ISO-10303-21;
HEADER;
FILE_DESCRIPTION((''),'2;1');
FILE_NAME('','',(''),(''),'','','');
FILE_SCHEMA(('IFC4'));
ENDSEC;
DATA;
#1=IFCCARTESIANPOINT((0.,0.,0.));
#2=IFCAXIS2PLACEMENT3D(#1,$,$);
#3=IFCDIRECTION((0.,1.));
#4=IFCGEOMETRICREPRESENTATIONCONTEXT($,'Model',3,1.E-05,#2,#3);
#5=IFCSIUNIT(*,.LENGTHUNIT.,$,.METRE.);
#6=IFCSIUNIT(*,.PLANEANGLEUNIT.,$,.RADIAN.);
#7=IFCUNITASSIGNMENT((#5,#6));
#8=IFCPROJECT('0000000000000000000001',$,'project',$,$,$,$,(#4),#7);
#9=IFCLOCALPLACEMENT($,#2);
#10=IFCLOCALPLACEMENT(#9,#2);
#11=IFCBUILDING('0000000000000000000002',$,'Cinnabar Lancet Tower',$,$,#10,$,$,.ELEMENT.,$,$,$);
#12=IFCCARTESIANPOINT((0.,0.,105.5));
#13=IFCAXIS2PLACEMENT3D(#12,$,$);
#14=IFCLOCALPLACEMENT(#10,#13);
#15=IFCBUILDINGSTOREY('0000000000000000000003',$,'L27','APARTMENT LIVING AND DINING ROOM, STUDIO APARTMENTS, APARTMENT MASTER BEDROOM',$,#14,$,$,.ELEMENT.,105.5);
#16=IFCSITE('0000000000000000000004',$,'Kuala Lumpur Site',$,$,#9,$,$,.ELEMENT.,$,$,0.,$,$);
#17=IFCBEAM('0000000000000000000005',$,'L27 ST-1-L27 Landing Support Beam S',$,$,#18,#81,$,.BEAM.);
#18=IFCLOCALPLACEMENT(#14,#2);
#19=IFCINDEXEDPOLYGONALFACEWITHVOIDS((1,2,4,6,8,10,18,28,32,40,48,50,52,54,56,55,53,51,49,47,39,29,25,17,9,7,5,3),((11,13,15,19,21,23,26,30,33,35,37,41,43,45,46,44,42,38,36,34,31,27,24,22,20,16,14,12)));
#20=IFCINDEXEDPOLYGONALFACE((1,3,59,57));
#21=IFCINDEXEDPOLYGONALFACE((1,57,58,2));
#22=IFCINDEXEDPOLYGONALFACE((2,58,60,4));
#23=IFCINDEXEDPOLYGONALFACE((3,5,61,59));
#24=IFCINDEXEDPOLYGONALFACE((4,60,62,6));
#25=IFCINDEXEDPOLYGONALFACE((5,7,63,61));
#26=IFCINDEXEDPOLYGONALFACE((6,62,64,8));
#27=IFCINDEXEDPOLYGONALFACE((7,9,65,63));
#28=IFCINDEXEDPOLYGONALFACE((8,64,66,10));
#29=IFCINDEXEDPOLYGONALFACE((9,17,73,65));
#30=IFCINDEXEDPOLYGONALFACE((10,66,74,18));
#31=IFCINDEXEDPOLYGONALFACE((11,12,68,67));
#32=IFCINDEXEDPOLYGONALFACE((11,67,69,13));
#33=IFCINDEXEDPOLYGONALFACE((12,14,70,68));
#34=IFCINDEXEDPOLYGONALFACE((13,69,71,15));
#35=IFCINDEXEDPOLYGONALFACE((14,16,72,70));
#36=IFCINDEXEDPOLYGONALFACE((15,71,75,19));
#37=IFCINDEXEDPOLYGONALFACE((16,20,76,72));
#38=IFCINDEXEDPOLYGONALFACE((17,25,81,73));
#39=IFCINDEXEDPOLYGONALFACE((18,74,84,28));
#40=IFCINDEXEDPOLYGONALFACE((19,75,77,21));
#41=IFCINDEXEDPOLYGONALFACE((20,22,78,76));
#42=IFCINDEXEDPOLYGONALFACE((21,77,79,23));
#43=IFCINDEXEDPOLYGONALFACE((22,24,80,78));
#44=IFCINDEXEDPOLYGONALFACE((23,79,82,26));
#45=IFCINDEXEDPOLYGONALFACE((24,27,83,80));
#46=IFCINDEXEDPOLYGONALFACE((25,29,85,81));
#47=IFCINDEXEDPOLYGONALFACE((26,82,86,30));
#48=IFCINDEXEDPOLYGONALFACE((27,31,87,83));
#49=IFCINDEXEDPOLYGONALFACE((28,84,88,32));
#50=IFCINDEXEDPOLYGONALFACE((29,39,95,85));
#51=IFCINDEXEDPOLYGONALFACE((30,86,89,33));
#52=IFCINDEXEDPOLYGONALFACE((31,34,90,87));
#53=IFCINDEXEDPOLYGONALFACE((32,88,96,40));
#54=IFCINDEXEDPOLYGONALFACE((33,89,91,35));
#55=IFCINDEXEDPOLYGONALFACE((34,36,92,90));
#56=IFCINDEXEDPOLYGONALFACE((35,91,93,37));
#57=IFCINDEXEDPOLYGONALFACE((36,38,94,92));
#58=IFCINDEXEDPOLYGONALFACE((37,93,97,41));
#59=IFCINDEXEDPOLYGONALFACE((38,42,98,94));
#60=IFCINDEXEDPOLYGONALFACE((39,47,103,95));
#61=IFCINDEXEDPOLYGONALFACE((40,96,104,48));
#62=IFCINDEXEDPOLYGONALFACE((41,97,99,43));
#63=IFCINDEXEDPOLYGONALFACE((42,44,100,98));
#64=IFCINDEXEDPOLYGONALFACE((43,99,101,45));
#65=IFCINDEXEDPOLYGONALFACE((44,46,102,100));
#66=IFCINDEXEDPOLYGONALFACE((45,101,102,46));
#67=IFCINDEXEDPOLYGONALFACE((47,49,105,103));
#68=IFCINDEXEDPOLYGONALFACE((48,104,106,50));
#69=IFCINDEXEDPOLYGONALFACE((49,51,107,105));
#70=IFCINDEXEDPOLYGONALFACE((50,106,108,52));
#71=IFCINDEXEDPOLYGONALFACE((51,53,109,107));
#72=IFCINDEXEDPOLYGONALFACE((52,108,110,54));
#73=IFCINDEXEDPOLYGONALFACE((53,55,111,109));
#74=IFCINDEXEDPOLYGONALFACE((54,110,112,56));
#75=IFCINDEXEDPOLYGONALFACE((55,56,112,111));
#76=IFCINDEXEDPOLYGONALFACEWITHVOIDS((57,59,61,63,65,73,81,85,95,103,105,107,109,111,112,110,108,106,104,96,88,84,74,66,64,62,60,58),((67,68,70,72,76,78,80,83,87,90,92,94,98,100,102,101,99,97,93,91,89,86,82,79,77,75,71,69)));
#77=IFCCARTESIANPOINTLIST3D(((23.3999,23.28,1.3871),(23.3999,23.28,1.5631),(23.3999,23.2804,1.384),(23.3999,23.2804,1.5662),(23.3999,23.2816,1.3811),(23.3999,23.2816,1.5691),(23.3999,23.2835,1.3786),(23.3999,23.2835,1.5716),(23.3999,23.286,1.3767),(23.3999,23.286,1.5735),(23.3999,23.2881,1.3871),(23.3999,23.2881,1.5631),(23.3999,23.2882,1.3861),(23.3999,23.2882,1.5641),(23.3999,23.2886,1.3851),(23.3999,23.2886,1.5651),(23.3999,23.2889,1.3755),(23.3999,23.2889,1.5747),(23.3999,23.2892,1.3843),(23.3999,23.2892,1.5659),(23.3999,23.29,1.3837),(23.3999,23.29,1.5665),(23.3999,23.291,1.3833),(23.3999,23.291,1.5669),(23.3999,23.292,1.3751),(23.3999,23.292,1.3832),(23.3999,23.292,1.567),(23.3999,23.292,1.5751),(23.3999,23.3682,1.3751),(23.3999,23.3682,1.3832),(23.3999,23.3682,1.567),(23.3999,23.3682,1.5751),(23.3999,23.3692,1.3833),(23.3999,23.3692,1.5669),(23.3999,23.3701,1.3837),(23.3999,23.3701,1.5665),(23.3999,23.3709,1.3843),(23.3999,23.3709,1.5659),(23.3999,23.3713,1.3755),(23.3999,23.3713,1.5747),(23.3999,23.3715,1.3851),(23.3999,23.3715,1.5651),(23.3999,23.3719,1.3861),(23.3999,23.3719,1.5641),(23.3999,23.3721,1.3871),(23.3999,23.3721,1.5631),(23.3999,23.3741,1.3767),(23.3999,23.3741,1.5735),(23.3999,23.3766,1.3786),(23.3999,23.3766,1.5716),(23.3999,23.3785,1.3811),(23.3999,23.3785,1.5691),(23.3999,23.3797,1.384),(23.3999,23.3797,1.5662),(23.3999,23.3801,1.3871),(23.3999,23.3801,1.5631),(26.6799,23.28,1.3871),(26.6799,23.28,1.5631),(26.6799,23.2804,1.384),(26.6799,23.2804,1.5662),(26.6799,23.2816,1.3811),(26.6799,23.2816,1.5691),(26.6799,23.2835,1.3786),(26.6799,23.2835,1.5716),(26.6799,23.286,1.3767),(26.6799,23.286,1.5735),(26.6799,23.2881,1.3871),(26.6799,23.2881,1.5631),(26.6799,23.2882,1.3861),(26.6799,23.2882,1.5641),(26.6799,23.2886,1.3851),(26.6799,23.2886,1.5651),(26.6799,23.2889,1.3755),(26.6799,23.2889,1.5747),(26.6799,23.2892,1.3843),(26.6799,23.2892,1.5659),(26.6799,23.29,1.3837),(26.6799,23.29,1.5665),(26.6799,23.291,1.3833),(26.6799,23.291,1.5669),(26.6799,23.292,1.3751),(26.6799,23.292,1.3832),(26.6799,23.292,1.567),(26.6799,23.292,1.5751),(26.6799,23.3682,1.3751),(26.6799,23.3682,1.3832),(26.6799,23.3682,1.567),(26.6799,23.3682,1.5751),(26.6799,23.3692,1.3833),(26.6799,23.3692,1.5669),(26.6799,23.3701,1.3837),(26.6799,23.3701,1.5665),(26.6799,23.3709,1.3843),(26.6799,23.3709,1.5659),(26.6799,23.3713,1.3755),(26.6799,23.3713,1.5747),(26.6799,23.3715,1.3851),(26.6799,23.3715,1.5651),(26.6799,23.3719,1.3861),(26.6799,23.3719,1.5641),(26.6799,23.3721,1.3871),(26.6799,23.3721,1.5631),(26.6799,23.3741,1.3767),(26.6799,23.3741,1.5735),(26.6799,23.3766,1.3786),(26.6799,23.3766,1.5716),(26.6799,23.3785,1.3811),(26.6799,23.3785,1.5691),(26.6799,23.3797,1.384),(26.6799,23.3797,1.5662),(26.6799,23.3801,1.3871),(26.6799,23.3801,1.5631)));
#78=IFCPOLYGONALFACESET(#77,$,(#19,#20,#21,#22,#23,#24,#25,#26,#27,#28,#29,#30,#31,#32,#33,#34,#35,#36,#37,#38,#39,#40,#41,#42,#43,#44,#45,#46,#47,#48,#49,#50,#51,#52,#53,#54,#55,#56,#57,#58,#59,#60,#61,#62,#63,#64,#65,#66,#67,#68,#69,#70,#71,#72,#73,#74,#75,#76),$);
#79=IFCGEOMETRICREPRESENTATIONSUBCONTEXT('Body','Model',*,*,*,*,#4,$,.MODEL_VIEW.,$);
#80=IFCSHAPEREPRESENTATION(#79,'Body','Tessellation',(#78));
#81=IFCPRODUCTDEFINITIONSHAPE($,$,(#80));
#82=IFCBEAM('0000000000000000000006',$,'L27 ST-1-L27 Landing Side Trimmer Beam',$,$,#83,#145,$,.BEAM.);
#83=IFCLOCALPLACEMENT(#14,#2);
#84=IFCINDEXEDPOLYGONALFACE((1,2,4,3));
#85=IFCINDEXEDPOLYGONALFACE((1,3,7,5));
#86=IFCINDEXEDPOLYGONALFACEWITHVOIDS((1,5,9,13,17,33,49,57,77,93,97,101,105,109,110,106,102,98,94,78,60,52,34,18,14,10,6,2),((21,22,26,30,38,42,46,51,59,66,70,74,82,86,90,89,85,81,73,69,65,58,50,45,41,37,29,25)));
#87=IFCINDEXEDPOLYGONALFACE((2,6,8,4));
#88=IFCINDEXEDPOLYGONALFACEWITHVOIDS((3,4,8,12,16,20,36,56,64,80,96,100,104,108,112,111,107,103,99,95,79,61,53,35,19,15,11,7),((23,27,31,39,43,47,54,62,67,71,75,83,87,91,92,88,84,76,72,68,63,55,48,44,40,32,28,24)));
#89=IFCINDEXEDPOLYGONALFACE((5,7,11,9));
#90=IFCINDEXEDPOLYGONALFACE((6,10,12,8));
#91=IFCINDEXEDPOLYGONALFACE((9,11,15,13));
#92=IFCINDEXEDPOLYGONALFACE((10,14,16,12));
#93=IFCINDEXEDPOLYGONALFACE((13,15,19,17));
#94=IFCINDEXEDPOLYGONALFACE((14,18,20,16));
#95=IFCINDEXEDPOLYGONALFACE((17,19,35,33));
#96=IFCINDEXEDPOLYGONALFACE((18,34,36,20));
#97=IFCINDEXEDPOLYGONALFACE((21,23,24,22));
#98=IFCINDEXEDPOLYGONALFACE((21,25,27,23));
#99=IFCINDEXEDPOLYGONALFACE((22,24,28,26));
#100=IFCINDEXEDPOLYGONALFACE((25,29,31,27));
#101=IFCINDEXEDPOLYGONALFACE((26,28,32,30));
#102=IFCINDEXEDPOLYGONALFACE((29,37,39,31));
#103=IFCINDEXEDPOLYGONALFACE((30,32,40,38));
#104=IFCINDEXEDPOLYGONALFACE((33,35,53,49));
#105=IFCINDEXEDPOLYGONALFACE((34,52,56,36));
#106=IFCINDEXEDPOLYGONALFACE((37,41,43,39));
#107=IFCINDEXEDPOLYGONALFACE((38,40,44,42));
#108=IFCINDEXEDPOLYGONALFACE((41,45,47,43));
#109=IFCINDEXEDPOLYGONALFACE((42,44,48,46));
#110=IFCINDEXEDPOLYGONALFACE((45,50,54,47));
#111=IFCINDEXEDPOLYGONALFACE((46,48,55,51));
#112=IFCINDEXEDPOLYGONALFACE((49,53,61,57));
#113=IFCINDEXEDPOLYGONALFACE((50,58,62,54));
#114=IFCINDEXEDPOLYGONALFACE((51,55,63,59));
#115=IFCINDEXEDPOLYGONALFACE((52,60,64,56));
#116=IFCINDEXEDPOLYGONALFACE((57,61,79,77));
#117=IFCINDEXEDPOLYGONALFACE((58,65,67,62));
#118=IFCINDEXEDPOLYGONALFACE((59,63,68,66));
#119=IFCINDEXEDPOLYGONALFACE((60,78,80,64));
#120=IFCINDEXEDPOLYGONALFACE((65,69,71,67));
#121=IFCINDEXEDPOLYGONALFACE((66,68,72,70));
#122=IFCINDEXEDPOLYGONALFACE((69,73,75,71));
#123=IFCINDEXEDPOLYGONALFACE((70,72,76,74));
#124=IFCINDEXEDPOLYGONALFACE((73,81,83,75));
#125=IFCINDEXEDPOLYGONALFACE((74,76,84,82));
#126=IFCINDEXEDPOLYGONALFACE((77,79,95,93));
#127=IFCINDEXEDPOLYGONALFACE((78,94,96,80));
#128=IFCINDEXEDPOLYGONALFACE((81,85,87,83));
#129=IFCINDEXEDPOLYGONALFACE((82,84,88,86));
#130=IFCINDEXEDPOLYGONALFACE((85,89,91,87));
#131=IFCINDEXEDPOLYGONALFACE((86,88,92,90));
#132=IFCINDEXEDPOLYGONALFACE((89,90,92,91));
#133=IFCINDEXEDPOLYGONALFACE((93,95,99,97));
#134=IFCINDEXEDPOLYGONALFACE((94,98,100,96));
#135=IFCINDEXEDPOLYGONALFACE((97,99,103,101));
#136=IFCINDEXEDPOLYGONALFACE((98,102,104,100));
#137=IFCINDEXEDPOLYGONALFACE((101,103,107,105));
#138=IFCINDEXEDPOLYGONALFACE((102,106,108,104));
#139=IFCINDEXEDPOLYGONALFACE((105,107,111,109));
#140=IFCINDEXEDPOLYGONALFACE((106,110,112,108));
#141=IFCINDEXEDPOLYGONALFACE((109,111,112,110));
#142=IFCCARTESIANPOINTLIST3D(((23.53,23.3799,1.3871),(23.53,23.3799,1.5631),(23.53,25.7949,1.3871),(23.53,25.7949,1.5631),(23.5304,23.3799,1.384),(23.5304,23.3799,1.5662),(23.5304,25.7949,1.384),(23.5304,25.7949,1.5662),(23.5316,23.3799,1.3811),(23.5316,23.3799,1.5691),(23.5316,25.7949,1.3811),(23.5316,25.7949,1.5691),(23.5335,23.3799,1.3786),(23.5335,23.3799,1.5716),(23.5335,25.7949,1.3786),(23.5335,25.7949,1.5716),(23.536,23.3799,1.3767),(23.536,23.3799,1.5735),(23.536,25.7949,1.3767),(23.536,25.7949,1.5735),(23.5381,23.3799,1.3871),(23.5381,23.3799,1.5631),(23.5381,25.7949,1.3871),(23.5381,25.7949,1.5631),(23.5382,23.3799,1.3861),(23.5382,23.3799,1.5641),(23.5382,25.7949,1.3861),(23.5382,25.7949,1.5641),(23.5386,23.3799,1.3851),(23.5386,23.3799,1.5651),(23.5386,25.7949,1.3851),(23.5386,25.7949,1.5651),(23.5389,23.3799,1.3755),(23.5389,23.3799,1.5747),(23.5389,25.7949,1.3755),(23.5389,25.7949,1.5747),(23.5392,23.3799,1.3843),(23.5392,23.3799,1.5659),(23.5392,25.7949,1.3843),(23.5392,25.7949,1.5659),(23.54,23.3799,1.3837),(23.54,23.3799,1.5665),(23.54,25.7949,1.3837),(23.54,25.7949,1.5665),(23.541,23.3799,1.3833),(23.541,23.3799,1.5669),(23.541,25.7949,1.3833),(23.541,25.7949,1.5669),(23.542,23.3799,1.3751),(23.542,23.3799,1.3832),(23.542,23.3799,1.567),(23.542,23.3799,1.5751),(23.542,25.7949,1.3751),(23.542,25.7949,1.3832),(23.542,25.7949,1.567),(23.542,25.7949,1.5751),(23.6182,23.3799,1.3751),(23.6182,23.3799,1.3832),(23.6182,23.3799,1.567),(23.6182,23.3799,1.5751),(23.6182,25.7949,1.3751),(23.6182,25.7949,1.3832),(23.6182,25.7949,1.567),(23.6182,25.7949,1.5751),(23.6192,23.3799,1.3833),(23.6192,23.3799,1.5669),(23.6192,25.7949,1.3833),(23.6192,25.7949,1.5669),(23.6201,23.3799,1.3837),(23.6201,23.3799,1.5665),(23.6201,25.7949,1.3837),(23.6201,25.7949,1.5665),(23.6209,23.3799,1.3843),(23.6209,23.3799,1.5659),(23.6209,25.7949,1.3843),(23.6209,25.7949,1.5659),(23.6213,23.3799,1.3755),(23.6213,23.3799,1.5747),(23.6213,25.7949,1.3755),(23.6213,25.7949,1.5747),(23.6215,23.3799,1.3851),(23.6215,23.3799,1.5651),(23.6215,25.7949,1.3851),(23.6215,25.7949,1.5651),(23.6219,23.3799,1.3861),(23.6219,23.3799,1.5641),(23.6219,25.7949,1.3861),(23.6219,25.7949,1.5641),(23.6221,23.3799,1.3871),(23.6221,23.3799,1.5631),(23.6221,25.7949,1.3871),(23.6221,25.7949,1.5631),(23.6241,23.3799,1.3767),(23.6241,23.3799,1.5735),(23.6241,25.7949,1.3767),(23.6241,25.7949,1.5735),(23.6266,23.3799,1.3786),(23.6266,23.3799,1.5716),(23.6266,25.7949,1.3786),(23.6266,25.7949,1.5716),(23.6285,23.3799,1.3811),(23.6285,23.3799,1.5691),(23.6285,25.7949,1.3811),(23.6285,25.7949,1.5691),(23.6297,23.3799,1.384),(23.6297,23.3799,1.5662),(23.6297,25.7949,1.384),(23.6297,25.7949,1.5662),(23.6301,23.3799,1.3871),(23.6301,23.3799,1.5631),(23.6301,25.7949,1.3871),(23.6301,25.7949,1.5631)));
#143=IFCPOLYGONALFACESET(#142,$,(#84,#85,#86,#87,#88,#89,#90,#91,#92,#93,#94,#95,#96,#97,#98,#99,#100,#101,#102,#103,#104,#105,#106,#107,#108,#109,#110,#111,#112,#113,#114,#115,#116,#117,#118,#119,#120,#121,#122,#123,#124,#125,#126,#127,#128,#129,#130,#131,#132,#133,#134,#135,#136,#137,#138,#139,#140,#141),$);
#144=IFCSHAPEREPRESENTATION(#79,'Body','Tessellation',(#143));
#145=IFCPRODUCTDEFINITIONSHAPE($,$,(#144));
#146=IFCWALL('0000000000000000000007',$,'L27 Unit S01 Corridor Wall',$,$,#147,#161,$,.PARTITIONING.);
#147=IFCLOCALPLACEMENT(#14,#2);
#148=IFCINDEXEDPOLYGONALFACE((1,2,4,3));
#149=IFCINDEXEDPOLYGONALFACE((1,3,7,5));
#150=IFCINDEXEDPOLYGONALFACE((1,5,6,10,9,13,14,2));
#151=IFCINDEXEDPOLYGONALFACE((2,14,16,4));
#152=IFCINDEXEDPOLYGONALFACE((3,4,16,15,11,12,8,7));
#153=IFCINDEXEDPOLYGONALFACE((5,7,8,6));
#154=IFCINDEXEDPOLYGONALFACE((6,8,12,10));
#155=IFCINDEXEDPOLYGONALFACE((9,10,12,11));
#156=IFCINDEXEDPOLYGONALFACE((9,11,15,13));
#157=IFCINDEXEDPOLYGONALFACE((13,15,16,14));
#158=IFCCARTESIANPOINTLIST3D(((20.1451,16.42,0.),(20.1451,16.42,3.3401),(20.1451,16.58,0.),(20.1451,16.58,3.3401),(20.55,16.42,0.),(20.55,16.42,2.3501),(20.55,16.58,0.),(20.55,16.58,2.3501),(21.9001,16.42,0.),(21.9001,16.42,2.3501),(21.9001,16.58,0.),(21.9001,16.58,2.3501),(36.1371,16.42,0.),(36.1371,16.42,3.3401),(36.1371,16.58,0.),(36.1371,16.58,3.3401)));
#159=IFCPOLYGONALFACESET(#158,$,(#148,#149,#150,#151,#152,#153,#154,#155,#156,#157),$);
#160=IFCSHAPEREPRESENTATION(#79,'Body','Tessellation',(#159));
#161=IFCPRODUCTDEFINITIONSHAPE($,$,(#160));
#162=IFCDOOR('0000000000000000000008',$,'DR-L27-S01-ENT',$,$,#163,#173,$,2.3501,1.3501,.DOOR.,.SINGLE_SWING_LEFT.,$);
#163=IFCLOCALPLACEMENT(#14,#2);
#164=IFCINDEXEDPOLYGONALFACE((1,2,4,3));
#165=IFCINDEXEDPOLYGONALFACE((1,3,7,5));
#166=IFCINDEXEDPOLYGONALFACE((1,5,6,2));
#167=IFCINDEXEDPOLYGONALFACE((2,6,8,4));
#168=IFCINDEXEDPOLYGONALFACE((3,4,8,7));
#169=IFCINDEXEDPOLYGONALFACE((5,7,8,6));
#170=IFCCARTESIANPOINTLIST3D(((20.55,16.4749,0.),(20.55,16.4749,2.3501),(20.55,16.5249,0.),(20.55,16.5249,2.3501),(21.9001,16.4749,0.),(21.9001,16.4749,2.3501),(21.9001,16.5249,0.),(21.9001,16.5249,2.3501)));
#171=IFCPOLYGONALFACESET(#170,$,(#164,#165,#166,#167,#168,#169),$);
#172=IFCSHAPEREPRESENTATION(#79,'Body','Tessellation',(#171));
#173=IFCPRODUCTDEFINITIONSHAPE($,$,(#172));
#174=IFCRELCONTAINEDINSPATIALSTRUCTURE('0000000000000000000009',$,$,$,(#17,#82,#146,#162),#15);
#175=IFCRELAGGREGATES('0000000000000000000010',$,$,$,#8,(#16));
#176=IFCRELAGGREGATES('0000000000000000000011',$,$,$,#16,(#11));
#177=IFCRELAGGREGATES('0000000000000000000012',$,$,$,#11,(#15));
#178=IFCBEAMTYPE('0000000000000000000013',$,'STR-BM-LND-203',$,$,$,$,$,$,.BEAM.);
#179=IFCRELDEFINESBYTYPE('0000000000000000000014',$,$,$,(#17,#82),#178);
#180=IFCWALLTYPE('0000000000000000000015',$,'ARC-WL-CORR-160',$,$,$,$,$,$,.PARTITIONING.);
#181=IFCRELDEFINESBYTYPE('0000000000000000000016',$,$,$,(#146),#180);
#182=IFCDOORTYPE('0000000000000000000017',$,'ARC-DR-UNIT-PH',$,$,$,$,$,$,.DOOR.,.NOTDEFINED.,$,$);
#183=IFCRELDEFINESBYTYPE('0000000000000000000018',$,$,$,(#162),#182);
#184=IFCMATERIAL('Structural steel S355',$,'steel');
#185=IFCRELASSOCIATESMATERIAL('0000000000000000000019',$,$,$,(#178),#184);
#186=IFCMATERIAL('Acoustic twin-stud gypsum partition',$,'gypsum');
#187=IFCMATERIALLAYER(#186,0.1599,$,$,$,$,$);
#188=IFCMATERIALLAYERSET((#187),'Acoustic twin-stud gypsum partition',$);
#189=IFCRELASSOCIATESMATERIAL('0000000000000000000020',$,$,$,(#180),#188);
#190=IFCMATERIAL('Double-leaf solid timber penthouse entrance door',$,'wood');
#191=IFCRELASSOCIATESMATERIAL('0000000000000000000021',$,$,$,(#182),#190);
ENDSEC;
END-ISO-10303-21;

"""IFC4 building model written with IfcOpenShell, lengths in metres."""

from ifc_helpers import new_model, si_unit, direction, frame, frame_2d, origin, origin_2d, place, context, subcontext, project, spatial, rectangle, hollow_rectangle, extrude, material, layer, layer_set, material_profile, profile_set, type_object, element, fill, save


model = new_model("IFC4")

# Units and contexts
model_context = context("Model", 3, precision=1e-05, world=origin(), true_north=direction((0.0, 1.0)))
body_context = subcontext(model_context, "Body", "Model", "MODEL_VIEW")
ifc_project = project(units=[si_unit("LENGTHUNIT", "METRE"), si_unit("PLANEANGLEUNIT", "RADIAN")], contexts=[model_context])

# Site, building, storey
site_placement = place(None, origin())
site = spatial("IfcSite", under=ifc_project, at=site_placement, Name="Kuala Lumpur Site", CompositionType="ELEMENT", RefElevation=0.0)
building_placement = place(site_placement, origin())
building = spatial("IfcBuilding", under=site, at=building_placement, Name="Cinnabar Lancet Tower", CompositionType="ELEMENT")
storey_placement = place(building_placement, frame((0.0, 0.0, 105.5)))
storey = spatial("IfcBuildingStorey", under=building, at=storey_placement, Name="L27", Description="APARTMENT LIVING AND DINING ROOM, STUDIO APARTMENTS, APARTMENT MASTER BEDROOM", CompositionType="ELEMENT", Elevation=105.5)

# Beams
ifc_material_1 = material(Name="Structural steel S355", Category="steel")
ifc_material_profile_1 = material_profile(ifc_material_1, hollow_rectangle(XDim=0.1001, YDim=0.2, WallThickness=0.0081, InnerFilletRadius=0.0039, OuterFilletRadius=0.012, at=origin_2d()), Name="RHS 200x100x8")
ifc_profile_set_1 = profile_set([ifc_material_profile_1], Name="Structural steel S355")
beam_type_1 = type_object("IfcBeamType", Name="STR-BM-LND-203", PredefinedType="BEAM", material=ifc_profile_set_1)
beam_1_placement = place(storey_placement, frame((23.3999, 23.3301, 1.4751), z_axis=(1.0, 0.0, 0.0), x_axis=(0.0, 1.0, 0.0)))
element("IfcBeam", 1, at=beam_1_placement, inside=storey, type_object=beam_type_1, Name="L27 ST-1-L27 Landing Support Beam S", PredefinedType="BEAM", context=body_context, shape_type="SweptSolid", body=[
    extrude(hollow_rectangle(XDim=0.1001, YDim=0.2, WallThickness=0.0081, InnerFilletRadius=0.0039, OuterFilletRadius=0.012, at=origin_2d()), origin(), (0.0, 0.0, 1.0), 3.28),
])
beam_2_placement = place(storey_placement, frame((23.5801, 23.3799, 1.4751), z_axis=(0.0, 1.0, 0.0), x_axis=(-1.0, 0.0, 0.0)))
element("IfcBeam", 2, at=beam_2_placement, inside=storey, type_object=beam_type_1, Name="L27 ST-1-L27 Landing Side Trimmer Beam", PredefinedType="BEAM", context=body_context, shape_type="SweptSolid", body=[
    extrude(hollow_rectangle(XDim=0.1001, YDim=0.2, WallThickness=0.0081, InnerFilletRadius=0.0039, OuterFilletRadius=0.012, at=origin_2d()), origin(), (0.0, 0.0, 1.0), 2.415),
])

# Wall, opening, door
ifc_material_2 = material(Name="Acoustic twin-stud gypsum partition", Category="gypsum")
ifc_layer_1 = layer(ifc_material_2, 0.1599)
ifc_layer_set_1 = layer_set([ifc_layer_1], Name="Acoustic twin-stud gypsum partition")
wall_type_1 = type_object("IfcWallType", Name="ARC-WL-CORR-160", PredefinedType="PARTITIONING", material=ifc_layer_set_1)
wall_1_placement = place(storey_placement, frame((20.145, 16.5, 0.0), z_axis=(0.0, 0.0, 1.0), x_axis=(1.0, 0.0, 0.0)))
wall_1 = element("IfcWall", 3, at=wall_1_placement, inside=storey, type_object=wall_type_1, Name="L27 Unit S01 Corridor Wall", PredefinedType="PARTITIONING", context=body_context, shape_type="SweptSolid", body=[
    extrude(rectangle(XDim=15.9919, YDim=0.1599, at=frame_2d((7.9961, 0.0))), origin(), (0.0, 0.0, 1.0), 3.3401),
])
opening_1_placement = place(wall_1_placement, frame((0.405, 0.0, 0.0)))
opening_1 = element("IfcOpeningElement", 4, at=opening_1_placement, cuts=wall_1, PredefinedType="OPENING", context=body_context, shape_type="SweptSolid", body=[
    extrude(rectangle(XDim=1.3501, YDim=2.3501, at=frame_2d((0.675, 1.175))), frame((0.0, 0.0898, 0.0), z_axis=(0.0, -1.0, 0.0), x_axis=(1.0, 0.0, 0.0)), (0.0, 0.0, 1.0), 0.1799),
])
ifc_material_3 = material(Name="Double-leaf solid timber penthouse entrance door", Category="wood")
door_type_1 = type_object("IfcDoorType", Name="ARC-DR-UNIT-PH", OperationType="NOTDEFINED", PredefinedType="DOOR", material=ifc_material_3)
door_1_placement = place(opening_1_placement, origin())
door_1 = element("IfcDoor", 5, at=door_1_placement, inside=storey, type_object=door_type_1, Name="DR-L27-S01-ENT", OperationType="SINGLE_SWING_LEFT", OverallHeight=2.3501, OverallWidth=1.3501, PredefinedType="DOOR", context=body_context, shape_type="SweptSolid", body=[
    extrude(rectangle(XDim=1.3501, YDim=2.3501, at=frame_2d((0.675, 1.175))), frame((0.0, 0.0249, 0.0), z_axis=(0.0, -1.0, 0.0), x_axis=(1.0, 0.0, 0.0)), (0.0, 0.0, 1.0), 0.05),
])
fill(opening_1, door_1)

save(model, "model.ifc")
